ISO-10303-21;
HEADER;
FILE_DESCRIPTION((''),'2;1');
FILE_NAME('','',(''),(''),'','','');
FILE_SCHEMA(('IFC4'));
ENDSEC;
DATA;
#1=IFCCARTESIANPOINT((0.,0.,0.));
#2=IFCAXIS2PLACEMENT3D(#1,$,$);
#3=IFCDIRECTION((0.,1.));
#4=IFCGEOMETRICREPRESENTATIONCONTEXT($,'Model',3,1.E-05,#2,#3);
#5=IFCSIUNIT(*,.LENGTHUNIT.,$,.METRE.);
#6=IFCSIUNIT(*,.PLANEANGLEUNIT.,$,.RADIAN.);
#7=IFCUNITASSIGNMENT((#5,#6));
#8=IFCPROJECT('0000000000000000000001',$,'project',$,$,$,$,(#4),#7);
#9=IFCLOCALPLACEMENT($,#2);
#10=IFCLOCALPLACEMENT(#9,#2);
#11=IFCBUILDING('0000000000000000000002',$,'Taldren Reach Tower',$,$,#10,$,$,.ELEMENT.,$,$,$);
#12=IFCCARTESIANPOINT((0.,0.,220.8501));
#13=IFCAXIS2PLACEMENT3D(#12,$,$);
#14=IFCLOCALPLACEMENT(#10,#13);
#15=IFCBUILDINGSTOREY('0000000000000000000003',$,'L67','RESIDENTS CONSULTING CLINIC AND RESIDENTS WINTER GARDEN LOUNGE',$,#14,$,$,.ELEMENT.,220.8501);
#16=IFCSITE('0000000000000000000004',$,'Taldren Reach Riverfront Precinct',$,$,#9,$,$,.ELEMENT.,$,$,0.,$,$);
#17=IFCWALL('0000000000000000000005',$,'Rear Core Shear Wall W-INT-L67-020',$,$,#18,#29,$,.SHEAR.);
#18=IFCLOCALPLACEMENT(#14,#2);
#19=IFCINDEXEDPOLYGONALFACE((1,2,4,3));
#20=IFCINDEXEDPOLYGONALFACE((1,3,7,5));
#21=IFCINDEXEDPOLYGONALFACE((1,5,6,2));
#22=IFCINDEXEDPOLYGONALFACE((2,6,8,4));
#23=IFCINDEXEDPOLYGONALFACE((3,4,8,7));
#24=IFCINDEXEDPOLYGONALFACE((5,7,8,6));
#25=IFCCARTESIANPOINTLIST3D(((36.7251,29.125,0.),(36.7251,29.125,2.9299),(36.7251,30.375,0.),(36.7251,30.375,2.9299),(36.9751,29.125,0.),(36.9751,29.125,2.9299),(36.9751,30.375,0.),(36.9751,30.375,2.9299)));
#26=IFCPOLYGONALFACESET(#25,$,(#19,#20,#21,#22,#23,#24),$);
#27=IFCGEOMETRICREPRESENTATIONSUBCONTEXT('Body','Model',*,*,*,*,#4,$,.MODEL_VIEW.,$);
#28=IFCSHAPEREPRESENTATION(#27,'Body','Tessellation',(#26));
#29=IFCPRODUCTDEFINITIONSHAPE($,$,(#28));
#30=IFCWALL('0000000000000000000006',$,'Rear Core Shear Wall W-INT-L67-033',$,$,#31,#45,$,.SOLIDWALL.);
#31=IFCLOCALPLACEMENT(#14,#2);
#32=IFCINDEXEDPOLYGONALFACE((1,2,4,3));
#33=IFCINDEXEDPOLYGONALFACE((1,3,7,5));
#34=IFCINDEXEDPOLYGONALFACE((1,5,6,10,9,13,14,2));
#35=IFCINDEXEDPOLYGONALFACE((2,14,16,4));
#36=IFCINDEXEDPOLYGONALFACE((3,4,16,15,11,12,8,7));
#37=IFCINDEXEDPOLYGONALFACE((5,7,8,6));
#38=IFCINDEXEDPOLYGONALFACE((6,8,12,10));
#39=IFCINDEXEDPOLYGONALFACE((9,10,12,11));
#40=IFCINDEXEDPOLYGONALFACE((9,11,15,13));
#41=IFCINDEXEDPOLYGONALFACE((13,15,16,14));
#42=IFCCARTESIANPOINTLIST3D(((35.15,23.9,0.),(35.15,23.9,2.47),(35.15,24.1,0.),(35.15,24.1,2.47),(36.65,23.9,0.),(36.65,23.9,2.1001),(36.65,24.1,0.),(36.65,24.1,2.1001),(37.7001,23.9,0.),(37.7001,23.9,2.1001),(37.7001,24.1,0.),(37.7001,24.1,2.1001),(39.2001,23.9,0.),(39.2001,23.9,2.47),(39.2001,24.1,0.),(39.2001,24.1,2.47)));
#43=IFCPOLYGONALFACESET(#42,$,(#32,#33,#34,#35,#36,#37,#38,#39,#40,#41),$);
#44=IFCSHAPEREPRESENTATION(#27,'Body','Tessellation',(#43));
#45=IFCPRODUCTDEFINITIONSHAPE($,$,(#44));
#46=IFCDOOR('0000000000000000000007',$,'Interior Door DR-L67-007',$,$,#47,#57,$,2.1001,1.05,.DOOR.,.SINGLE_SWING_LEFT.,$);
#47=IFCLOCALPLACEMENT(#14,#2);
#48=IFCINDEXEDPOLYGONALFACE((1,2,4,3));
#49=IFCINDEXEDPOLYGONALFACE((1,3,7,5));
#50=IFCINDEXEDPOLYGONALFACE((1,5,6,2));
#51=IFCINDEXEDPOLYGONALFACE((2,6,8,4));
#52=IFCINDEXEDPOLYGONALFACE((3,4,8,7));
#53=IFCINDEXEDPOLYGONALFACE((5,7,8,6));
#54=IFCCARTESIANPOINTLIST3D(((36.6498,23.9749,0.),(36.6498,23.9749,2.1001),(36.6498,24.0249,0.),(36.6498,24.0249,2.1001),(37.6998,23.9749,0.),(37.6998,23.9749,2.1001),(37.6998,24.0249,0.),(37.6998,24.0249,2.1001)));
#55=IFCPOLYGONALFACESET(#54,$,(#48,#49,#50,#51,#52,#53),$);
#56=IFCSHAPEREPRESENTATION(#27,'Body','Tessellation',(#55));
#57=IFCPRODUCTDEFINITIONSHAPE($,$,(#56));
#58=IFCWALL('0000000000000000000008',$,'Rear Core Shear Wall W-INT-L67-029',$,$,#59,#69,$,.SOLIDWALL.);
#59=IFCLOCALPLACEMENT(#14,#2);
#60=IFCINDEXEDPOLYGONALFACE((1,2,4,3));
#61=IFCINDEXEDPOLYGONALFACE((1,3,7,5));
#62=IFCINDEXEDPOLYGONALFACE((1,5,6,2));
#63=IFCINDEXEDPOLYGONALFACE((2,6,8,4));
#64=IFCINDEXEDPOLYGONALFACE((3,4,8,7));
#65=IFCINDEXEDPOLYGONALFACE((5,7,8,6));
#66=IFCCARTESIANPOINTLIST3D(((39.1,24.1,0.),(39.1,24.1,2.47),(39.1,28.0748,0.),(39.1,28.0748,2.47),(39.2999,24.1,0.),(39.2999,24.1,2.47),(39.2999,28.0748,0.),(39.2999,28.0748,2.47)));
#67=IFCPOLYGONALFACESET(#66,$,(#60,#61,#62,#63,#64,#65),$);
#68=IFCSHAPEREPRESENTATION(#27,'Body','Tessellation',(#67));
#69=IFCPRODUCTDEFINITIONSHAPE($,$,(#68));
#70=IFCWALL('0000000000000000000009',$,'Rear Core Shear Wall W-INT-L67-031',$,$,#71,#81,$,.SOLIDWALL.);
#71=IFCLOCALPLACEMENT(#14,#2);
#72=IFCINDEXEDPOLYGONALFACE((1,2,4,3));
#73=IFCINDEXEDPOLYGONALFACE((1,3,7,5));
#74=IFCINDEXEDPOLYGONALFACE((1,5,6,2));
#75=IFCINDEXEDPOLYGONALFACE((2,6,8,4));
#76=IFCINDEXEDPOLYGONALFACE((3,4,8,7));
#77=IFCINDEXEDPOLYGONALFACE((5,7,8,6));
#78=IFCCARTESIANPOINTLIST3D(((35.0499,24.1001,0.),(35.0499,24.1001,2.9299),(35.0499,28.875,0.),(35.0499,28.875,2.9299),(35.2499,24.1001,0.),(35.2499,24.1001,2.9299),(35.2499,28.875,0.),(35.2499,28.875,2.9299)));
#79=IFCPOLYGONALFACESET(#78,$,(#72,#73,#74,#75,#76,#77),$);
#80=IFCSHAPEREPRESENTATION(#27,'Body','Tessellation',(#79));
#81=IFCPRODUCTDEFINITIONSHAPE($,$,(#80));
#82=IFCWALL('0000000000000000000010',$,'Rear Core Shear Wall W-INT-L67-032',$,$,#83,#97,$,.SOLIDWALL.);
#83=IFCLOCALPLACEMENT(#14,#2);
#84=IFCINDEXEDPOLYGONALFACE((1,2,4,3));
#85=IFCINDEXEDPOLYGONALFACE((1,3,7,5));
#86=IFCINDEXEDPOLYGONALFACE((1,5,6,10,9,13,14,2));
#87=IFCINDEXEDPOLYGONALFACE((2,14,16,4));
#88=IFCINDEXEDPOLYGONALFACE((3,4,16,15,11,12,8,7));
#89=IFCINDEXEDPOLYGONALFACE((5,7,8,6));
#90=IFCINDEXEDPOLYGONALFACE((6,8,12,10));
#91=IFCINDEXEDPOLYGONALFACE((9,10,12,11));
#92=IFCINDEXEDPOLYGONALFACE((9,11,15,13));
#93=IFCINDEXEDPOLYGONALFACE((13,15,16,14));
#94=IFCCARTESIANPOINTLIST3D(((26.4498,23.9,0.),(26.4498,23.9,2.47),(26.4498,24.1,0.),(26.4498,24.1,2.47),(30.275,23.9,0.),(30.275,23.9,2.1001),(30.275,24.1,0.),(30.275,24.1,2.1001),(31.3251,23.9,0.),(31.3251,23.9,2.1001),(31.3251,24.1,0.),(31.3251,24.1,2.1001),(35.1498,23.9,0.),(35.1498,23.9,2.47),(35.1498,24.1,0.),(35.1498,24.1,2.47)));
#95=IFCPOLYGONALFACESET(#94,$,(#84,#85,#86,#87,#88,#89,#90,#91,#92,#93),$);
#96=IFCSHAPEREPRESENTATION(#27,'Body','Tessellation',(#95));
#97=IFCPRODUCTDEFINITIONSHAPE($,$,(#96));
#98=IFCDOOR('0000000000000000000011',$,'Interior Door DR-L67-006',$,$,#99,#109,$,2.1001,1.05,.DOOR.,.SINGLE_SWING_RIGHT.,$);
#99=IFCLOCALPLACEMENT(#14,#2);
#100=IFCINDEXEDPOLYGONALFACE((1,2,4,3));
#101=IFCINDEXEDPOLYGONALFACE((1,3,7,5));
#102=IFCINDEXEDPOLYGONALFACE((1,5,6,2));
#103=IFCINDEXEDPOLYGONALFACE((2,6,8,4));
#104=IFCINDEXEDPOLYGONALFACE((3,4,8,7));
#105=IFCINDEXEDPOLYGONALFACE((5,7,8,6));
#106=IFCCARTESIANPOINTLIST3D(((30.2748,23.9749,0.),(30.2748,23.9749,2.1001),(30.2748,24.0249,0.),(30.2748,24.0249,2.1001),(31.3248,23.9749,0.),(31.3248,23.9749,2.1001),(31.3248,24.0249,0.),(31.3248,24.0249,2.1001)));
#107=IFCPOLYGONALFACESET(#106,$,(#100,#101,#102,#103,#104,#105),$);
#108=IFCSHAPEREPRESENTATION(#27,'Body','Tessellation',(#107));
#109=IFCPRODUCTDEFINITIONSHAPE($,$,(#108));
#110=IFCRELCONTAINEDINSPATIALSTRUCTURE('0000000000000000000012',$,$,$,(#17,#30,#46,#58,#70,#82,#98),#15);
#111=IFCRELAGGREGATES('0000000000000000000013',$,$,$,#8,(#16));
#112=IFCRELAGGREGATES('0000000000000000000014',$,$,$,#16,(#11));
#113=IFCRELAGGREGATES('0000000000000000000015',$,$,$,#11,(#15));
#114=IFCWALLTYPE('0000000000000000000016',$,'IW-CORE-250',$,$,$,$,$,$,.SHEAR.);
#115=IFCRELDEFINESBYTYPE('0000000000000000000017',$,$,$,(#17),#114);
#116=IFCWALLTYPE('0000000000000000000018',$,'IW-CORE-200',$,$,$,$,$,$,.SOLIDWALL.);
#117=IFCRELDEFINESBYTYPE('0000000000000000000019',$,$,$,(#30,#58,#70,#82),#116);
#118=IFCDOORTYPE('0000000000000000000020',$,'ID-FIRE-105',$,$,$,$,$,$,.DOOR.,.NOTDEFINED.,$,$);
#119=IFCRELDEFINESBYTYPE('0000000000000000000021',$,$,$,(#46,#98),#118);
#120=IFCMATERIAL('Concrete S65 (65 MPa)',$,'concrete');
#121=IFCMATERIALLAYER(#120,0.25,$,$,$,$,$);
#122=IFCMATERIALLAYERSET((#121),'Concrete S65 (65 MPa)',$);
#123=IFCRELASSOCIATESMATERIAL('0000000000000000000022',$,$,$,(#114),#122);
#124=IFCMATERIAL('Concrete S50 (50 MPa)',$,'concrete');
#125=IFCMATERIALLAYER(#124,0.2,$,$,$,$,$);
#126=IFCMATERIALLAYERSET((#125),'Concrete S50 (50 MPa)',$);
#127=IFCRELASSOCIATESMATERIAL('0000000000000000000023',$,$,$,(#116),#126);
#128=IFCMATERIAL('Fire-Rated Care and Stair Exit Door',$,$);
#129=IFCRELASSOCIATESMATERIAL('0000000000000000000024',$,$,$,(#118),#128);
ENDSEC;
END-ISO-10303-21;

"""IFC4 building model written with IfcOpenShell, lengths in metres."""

from ifc_helpers import new_model, si_unit, direction, frame, frame_2d, origin, place, context, subcontext, project, spatial, rectangle, extrude, source, transform, mapped, material, layer, layer_set, type_object, element, fill, save


model = new_model("IFC4")

# Units and contexts
model_context = context("Model", 3, precision=1e-05, world=origin(), true_north=direction((0.0, 1.0)))
body_context = subcontext(model_context, "Body", "Model", "MODEL_VIEW")
ifc_project = project(units=[si_unit("LENGTHUNIT", "METRE"), si_unit("PLANEANGLEUNIT", "RADIAN")], contexts=[model_context])

# Site, building, storey
site_placement = place(None, origin())
site = spatial("IfcSite", under=ifc_project, at=site_placement, Name="Taldren Reach Riverfront Precinct", CompositionType="ELEMENT", RefElevation=0.0)
building_placement = place(site_placement, origin())
building = spatial("IfcBuilding", under=site, at=building_placement, Name="Taldren Reach Tower", CompositionType="ELEMENT")
storey_placement = place(building_placement, frame((0.0, 0.0, 220.8501)))
storey = spatial("IfcBuildingStorey", under=building, at=storey_placement, Name="L67", Description="RESIDENTS CONSULTING CLINIC AND RESIDENTS WINTER GARDEN LOUNGE", CompositionType="ELEMENT", Elevation=220.8501)

# Wall
ifc_material_1 = material(Name="Concrete S65 (65 MPa)", Category="concrete")
ifc_layer_1 = layer(ifc_material_1, 0.25)
ifc_layer_set_1 = layer_set([ifc_layer_1], Name="Concrete S65 (65 MPa)")
wall_type_1 = type_object("IfcWallType", Name="IW-CORE-250", PredefinedType="SHEAR", material=ifc_layer_set_1)
shared_shape_1 = source(origin(), body_context, "Body", "SweptSolid", [
    extrude(rectangle(XDim=1.25, YDim=0.25, at=frame_2d((0.625, 0.0))), origin(), (0.0, 0.0, 1.0), 2.9299),
])
for number, where, z_axis, x_axis, name in (
    (1, (36.8501, 29.125, 0.0), (0.0, 0.0, 1.0), (0.0, 1.0, 0.0), "Rear Core Shear Wall W-INT-L67-020"),
):
    element("IfcWall", number, at=place(storey_placement, frame(where, z_axis=z_axis, x_axis=x_axis)), inside=storey, type_object=wall_type_1, Name=name, PredefinedType="SHEAR", context=body_context, shape_type="MappedRepresentation", body=[
        mapped(shared_shape_1, transform((0.0, 0.0, 0.0), scale=1.0)),
    ])

# Wall, opening, door
ifc_material_2 = material(Name="Concrete S50 (50 MPa)", Category="concrete")
ifc_layer_2 = layer(ifc_material_2, 0.2)
ifc_layer_set_2 = layer_set([ifc_layer_2], Name="Concrete S50 (50 MPa)")
wall_type_2 = type_object("IfcWallType", Name="IW-CORE-200", PredefinedType="SOLIDWALL", material=ifc_layer_set_2)
shared_shape_2 = source(origin(), body_context, "Body", "SweptSolid", [
    extrude(rectangle(XDim=4.05, YDim=0.2, at=frame_2d((2.0249, 0.0))), origin(), (0.0, 0.0, 1.0), 2.47),
])
wall_1_placement = place(storey_placement, frame((39.2, 24.0, 0.0), z_axis=(0.0, 0.0, 1.0), x_axis=(-1.0, 0.0, 0.0)))
wall_1 = element("IfcWall", 2, at=wall_1_placement, inside=storey, type_object=wall_type_2, Name="Rear Core Shear Wall W-INT-L67-033", PredefinedType="SOLIDWALL", context=body_context, shape_type="MappedRepresentation", body=[
    mapped(shared_shape_2, transform((0.0, 0.0, 0.0), scale=1.0)),
])
shared_shape_3 = source(origin(), body_context, "Body", "SweptSolid", [
    extrude(rectangle(XDim=1.05, YDim=2.1001, at=frame_2d((0.5249, 1.05))), frame((0.0, 0.1099, 0.0), z_axis=(0.0, -1.0, 0.0), x_axis=(1.0, 0.0, 0.0)), (0.0, 0.0, 1.0), 0.22),
])
opening_1_placement = place(wall_1_placement, frame((1.5, 0.0, 0.0)))
opening_1 = element("IfcOpeningElement", 3, at=opening_1_placement, cuts=wall_1, PredefinedType="OPENING", context=body_context, shape_type="MappedRepresentation", body=[
    mapped(shared_shape_3, transform((0.0, 0.0, 0.0), scale=1.0)),
])
ifc_material_3 = material(Name="Fire-Rated Care and Stair Exit Door")
door_type_1 = type_object("IfcDoorType", Name="ID-FIRE-105", OperationType="NOTDEFINED", PredefinedType="DOOR", material=ifc_material_3)
shared_shape_4 = source(origin(), body_context, "Body", "SweptSolid", [
    extrude(rectangle(XDim=1.05, YDim=2.1001, at=frame_2d((0.5249, 1.05))), frame((0.0, 0.0249, 0.0), z_axis=(0.0, -1.0, 0.0), x_axis=(1.0, 0.0, 0.0)), (0.0, 0.0, 1.0), 0.05),
])
door_1_placement = place(opening_1_placement, frame((1.05, 0.0, 0.0), z_axis=(0.0, 0.0, 1.0), x_axis=(-1.0, 0.0, 0.0)))
door_1 = element("IfcDoor", 4, at=door_1_placement, inside=storey, type_object=door_type_1, Name="Interior Door DR-L67-007", OperationType="SINGLE_SWING_LEFT", OverallHeight=2.1001, OverallWidth=1.05, PredefinedType="DOOR", context=body_context, shape_type="MappedRepresentation", body=[
    mapped(shared_shape_4, transform((0.0, 0.0, 0.0), scale=1.0)),
])
fill(opening_1, door_1)

# Walls
shared_shape_5 = source(origin(), body_context, "Body", "SweptSolid", [
    extrude(rectangle(XDim=3.9749, YDim=0.2, at=frame_2d((1.9873, 0.0))), origin(), (0.0, 0.0, 1.0), 2.47),
])
wall_2_placement = place(storey_placement, frame((39.2, 24.1001, 0.0), z_axis=(0.0, 0.0, 1.0), x_axis=(0.0, 1.0, 0.0)))
element("IfcWall", 5, at=wall_2_placement, inside=storey, type_object=wall_type_2, Name="Rear Core Shear Wall W-INT-L67-029", PredefinedType="SOLIDWALL", context=body_context, shape_type="MappedRepresentation", body=[
    mapped(shared_shape_5, transform((0.0, 0.0, 0.0), scale=1.0)),
])
shared_shape_6 = source(origin(), body_context, "Body", "SweptSolid", [
    extrude(rectangle(XDim=4.7749, YDim=0.2, at=frame_2d((2.3875, 0.0))), origin(), (0.0, 0.0, 1.0), 2.9299),
])
wall_3_placement = place(storey_placement, frame((35.1499, 28.875, 0.0), z_axis=(0.0, 0.0, 1.0), x_axis=(0.0, -1.0, 0.0)))
element("IfcWall", 6, at=wall_3_placement, inside=storey, type_object=wall_type_2, Name="Rear Core Shear Wall W-INT-L67-031", PredefinedType="SOLIDWALL", context=body_context, shape_type="MappedRepresentation", body=[
    mapped(shared_shape_6, transform((0.0, 0.0, 0.0), scale=1.0)),
])

# Wall, opening, door
shared_shape_7 = source(origin(), body_context, "Body", "SweptSolid", [
    extrude(rectangle(XDim=8.7, YDim=0.2, at=frame_2d((4.3501, 0.0))), origin(), (0.0, 0.0, 1.0), 2.47),
])
wall_4_placement = place(storey_placement, frame((35.1499, 24.0, 0.0), z_axis=(0.0, 0.0, 1.0), x_axis=(-1.0, 0.0, 0.0)))
wall_4 = element("IfcWall", 7, at=wall_4_placement, inside=storey, type_object=wall_type_2, Name="Rear Core Shear Wall W-INT-L67-032", PredefinedType="SOLIDWALL", context=body_context, shape_type="MappedRepresentation", body=[
    mapped(shared_shape_7, transform((0.0, 0.0, 0.0), scale=1.0)),
])
opening_2_placement = place(wall_4_placement, frame((3.825, 0.0, 0.0)))
opening_2 = element("IfcOpeningElement", 8, at=opening_2_placement, cuts=wall_4, PredefinedType="OPENING", context=body_context, shape_type="MappedRepresentation", body=[
    mapped(shared_shape_3, transform((0.0, 0.0, 0.0), scale=1.0)),
])
door_2_placement = place(opening_2_placement, frame((1.05, 0.0, 0.0), z_axis=(0.0, 0.0, 1.0), x_axis=(-1.0, 0.0, 0.0)))
door_2 = element("IfcDoor", 9, at=door_2_placement, inside=storey, type_object=door_type_1, Name="Interior Door DR-L67-006", OperationType="SINGLE_SWING_RIGHT", OverallHeight=2.1001, OverallWidth=1.05, PredefinedType="DOOR", context=body_context, shape_type="MappedRepresentation", body=[
    mapped(shared_shape_4, transform((0.0, 0.0, 0.0), scale=1.0)),
])
fill(opening_2, door_2)

save(model, "model.ifc")
